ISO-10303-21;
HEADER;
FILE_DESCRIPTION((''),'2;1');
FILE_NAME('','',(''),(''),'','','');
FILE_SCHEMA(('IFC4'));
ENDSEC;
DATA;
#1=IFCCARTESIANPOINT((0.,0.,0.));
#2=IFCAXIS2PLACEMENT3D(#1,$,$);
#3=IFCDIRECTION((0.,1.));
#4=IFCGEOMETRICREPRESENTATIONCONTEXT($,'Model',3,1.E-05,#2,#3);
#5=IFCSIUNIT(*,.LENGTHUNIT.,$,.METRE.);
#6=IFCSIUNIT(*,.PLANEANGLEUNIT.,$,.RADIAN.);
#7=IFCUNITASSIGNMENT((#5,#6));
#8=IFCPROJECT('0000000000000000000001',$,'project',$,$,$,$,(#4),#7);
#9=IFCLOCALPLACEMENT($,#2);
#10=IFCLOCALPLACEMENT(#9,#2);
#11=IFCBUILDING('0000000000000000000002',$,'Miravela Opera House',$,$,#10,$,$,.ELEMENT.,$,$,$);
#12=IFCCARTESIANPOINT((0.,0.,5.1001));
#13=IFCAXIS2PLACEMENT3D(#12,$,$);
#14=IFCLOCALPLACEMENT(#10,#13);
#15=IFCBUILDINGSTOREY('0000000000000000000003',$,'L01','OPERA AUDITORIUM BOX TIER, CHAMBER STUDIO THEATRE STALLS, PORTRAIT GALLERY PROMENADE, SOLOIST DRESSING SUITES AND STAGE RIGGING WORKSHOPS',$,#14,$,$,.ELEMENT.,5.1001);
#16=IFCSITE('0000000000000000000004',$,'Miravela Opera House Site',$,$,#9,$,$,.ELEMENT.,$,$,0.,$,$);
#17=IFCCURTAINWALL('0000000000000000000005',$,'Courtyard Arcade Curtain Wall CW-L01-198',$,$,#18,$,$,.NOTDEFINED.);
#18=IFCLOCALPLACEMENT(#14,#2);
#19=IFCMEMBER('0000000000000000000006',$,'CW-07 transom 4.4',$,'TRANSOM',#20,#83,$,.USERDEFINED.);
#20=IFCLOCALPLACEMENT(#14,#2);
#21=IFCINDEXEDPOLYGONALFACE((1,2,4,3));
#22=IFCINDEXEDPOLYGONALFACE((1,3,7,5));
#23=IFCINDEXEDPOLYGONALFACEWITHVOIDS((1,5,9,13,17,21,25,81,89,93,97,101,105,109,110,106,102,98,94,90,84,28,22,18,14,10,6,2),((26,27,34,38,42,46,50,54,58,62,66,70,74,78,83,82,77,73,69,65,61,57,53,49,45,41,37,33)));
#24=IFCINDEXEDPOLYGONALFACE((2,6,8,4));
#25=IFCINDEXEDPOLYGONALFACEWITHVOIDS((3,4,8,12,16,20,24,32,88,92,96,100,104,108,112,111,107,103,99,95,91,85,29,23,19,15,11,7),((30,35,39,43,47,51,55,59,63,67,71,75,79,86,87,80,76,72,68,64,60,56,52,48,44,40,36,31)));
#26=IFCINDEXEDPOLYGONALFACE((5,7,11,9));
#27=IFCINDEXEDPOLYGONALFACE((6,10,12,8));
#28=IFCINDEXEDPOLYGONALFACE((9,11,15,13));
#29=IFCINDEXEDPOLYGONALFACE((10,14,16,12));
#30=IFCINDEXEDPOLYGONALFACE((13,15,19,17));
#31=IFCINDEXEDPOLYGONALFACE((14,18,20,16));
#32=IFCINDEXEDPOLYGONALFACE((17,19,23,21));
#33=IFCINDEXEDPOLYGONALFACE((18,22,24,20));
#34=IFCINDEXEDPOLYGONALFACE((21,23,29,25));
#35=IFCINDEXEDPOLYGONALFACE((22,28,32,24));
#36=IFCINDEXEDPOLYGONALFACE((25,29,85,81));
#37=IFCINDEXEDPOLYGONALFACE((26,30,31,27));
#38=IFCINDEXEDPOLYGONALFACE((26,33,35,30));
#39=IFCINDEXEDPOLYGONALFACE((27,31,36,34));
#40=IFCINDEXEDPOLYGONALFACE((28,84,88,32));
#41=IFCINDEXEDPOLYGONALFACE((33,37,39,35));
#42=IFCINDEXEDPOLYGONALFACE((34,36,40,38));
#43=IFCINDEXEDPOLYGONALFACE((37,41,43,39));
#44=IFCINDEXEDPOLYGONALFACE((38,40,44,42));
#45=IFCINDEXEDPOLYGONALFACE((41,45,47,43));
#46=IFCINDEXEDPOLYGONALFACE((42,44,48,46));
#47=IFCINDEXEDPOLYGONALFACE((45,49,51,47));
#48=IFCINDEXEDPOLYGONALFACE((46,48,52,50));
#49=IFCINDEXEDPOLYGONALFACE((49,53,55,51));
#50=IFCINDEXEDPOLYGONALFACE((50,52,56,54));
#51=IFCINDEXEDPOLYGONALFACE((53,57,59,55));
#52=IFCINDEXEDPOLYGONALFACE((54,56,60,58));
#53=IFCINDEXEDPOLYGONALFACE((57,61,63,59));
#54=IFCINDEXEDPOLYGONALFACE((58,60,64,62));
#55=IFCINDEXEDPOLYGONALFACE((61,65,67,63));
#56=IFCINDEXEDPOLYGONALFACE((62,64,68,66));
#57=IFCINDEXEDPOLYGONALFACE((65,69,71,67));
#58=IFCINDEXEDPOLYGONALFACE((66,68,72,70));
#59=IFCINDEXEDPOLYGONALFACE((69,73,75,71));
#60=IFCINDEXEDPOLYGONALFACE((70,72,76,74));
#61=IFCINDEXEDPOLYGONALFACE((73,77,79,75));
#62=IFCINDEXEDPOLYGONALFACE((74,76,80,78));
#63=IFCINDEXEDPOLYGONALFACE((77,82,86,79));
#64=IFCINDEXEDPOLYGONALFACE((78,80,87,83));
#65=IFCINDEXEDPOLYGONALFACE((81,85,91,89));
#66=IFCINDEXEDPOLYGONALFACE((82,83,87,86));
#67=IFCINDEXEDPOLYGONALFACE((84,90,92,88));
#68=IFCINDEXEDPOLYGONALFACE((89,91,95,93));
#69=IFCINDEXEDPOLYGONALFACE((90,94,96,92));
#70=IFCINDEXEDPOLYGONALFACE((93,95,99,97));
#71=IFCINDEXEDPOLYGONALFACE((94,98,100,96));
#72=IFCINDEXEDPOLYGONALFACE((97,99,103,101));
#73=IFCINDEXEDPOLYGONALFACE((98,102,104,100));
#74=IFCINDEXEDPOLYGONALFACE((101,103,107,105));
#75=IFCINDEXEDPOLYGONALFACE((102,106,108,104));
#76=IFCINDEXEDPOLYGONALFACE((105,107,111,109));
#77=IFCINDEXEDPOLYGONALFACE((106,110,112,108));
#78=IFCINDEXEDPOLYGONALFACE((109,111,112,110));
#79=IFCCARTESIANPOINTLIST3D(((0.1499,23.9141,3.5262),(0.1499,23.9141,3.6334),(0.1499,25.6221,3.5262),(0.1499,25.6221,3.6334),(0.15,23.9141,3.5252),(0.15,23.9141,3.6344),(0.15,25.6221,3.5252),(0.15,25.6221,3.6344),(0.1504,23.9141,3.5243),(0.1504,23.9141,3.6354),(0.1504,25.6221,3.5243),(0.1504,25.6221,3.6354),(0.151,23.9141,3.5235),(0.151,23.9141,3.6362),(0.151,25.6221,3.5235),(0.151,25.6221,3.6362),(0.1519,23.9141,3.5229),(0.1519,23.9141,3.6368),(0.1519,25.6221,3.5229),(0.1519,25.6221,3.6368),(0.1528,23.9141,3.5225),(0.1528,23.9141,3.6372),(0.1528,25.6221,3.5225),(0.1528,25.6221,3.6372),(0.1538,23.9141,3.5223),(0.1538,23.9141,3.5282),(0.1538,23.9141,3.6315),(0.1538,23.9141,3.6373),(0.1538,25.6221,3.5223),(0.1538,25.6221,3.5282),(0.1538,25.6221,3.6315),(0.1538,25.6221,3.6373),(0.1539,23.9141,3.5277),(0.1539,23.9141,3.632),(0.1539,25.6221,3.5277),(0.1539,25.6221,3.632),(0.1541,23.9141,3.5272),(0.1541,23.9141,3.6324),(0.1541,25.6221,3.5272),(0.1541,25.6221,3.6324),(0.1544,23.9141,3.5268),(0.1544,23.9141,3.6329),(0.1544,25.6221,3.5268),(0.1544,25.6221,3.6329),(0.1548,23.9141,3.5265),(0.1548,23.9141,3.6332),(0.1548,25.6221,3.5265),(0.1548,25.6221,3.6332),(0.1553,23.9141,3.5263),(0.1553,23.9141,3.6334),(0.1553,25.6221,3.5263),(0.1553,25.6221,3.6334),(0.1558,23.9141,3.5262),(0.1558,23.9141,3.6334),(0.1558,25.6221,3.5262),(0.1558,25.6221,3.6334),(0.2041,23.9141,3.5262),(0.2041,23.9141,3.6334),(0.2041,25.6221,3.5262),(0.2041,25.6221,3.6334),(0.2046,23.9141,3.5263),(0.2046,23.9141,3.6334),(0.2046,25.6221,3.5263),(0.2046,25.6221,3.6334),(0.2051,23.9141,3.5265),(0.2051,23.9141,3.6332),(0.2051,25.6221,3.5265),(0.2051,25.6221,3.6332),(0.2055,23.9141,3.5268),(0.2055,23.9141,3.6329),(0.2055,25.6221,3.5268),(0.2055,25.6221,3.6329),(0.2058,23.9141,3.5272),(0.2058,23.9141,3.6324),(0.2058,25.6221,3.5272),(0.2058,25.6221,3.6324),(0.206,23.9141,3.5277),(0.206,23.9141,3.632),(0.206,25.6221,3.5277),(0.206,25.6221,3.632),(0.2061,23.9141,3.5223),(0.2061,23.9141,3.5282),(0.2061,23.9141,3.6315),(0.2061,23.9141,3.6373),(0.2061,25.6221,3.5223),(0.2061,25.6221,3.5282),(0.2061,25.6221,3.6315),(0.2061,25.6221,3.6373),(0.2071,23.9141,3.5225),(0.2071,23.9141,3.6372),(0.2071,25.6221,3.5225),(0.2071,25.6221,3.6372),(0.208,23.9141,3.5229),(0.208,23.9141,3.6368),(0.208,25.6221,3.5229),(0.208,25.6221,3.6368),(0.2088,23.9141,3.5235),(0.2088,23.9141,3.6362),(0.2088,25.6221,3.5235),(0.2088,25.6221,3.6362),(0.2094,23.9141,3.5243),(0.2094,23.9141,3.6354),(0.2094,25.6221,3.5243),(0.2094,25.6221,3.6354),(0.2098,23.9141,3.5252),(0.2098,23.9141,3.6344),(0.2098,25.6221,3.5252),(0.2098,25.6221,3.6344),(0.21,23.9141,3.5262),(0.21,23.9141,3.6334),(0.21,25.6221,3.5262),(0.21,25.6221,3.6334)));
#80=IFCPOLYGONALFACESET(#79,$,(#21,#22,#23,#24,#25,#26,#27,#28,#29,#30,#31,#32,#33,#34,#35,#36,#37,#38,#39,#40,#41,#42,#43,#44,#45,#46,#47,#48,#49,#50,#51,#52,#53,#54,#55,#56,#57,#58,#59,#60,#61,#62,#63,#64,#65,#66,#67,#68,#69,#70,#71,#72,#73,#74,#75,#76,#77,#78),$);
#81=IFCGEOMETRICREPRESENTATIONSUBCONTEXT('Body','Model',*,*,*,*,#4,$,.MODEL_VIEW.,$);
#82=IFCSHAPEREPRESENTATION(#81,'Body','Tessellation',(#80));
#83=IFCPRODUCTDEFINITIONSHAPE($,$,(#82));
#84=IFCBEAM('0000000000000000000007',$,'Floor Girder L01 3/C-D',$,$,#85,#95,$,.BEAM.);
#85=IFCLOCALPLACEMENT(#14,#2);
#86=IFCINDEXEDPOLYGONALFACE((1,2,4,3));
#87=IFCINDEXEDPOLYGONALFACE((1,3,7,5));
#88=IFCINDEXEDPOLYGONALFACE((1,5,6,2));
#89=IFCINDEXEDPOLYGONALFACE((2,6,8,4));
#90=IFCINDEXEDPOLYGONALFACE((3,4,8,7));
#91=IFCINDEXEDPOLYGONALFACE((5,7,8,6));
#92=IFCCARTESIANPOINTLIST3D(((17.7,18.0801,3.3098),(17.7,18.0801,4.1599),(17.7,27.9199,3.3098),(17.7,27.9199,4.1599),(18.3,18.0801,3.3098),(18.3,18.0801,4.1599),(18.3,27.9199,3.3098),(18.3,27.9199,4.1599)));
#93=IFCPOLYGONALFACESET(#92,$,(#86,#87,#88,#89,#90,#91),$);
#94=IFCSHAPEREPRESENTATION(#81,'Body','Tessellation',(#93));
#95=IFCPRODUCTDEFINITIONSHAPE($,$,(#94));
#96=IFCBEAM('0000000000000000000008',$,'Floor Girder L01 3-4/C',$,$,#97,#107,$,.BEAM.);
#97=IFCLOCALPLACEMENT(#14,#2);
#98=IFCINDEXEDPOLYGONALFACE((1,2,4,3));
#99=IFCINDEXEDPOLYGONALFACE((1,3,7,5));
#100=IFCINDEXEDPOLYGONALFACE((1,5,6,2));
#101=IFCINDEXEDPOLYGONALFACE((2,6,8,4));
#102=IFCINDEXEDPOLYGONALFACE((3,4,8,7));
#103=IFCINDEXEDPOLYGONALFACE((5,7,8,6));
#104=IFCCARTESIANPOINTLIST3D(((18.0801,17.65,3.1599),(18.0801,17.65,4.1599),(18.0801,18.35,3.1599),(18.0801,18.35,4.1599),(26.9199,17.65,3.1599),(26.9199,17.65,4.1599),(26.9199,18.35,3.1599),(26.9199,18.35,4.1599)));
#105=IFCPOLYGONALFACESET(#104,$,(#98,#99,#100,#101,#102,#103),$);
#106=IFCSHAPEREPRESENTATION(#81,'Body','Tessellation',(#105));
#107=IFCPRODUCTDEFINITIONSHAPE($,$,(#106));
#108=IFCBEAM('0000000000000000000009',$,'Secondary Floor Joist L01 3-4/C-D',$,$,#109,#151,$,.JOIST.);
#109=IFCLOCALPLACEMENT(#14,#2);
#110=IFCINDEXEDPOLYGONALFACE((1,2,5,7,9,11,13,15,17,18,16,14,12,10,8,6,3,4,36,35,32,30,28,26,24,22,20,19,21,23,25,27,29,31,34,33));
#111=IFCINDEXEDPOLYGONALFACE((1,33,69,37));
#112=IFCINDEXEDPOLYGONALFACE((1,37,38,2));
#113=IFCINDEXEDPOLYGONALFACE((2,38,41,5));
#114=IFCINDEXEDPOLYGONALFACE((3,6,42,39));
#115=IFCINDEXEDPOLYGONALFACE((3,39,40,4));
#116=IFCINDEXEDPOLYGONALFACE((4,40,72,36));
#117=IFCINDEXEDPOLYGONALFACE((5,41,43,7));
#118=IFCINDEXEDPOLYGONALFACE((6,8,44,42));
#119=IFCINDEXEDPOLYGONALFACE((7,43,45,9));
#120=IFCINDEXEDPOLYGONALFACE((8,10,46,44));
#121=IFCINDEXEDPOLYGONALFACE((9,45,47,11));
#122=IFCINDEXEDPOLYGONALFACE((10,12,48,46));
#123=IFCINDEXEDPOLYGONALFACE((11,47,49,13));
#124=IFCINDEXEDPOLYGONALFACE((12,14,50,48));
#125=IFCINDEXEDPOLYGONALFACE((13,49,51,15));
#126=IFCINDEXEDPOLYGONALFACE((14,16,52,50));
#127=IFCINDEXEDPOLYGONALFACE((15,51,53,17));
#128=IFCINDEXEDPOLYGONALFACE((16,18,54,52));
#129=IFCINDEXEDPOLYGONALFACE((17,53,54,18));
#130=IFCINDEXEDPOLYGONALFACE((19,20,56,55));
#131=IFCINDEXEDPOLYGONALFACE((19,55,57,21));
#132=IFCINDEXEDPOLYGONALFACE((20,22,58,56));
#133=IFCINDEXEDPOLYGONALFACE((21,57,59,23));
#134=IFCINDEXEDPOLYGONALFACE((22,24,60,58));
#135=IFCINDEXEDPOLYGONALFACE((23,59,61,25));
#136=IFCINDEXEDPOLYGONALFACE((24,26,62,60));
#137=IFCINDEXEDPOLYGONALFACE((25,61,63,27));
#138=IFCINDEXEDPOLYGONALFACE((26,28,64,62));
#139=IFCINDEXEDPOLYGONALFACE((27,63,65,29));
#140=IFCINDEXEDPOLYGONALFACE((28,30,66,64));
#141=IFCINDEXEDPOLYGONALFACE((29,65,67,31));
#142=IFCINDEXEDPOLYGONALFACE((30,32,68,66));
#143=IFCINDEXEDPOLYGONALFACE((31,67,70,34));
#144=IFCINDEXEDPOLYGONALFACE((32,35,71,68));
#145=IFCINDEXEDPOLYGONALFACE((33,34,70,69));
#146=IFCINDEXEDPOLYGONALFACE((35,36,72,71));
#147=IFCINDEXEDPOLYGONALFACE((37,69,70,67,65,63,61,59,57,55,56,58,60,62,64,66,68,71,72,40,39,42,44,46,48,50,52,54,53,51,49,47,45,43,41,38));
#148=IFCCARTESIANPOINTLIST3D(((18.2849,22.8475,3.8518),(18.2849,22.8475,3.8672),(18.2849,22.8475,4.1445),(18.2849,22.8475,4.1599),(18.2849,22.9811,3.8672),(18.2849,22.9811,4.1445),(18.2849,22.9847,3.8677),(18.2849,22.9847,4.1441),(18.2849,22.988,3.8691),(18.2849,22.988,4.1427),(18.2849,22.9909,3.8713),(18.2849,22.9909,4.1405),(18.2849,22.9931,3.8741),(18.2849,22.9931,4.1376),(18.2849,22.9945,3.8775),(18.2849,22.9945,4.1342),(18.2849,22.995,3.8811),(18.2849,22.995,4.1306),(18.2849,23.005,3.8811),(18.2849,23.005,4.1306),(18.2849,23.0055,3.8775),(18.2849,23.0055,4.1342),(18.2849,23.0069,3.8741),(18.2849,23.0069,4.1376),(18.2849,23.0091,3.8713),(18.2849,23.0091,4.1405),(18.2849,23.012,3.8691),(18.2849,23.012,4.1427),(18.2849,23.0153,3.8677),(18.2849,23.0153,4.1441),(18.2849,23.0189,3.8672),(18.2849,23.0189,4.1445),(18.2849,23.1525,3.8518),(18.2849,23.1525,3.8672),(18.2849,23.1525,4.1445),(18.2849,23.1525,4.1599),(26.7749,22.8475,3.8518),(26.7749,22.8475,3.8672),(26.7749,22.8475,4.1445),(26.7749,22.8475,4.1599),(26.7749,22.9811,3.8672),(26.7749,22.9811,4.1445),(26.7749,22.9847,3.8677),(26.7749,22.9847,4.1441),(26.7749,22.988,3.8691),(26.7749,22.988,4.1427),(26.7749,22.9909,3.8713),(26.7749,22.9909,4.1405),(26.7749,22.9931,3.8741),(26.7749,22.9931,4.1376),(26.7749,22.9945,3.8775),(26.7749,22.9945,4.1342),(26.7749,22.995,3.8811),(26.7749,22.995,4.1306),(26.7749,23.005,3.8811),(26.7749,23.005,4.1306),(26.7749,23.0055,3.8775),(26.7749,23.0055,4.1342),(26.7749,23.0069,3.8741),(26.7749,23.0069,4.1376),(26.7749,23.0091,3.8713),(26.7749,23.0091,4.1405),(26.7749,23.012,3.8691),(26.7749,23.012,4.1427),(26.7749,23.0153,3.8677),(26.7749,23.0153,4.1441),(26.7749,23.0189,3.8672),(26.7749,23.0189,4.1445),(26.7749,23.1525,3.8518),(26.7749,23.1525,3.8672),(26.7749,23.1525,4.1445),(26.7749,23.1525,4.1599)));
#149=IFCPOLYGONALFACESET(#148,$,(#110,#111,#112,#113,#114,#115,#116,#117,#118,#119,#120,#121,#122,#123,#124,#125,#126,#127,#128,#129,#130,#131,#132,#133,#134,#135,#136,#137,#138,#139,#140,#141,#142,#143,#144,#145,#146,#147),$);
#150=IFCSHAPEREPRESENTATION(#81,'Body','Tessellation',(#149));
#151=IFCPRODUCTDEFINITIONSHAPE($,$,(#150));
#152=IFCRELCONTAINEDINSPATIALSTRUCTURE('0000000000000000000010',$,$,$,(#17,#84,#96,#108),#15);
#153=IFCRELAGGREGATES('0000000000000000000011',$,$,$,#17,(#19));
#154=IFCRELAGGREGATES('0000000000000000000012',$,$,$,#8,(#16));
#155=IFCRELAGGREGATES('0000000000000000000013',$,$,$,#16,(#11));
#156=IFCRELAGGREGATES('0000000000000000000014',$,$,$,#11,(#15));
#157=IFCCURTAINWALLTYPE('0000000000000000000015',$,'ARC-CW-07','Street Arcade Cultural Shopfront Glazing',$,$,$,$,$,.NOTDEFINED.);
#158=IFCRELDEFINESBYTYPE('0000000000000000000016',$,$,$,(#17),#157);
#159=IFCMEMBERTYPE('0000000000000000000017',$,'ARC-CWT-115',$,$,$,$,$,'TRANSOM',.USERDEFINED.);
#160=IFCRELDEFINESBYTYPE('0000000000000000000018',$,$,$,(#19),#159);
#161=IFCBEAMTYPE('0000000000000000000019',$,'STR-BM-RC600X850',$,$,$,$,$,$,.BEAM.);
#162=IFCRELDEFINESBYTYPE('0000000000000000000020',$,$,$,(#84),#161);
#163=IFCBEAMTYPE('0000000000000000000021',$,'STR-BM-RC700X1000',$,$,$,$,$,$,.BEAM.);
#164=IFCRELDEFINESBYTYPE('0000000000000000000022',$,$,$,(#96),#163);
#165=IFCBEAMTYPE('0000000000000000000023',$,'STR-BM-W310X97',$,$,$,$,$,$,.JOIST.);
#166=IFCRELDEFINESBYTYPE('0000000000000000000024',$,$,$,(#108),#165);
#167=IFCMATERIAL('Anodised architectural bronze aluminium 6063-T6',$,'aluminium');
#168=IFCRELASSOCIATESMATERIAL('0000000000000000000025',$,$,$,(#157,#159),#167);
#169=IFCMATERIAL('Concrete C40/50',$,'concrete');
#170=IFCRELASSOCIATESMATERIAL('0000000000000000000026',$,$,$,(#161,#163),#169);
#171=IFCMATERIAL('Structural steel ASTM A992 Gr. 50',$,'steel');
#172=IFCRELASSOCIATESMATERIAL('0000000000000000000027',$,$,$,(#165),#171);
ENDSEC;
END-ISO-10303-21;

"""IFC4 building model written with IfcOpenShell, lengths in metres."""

from ifc_helpers import new_model, si_unit, direction, frame, origin, origin_2d, place, context, subcontext, project, spatial, rectangle, hollow_rectangle, i_section, extrude, material, material_profile, profile_set, type_object, element, aggregate, save


model = new_model("IFC4")

# Units and contexts
model_context = context("Model", 3, precision=1e-05, world=origin(), true_north=direction((0.0, 1.0)))
body_context = subcontext(model_context, "Body", "Model", "MODEL_VIEW")
ifc_project = project(units=[si_unit("LENGTHUNIT", "METRE"), si_unit("PLANEANGLEUNIT", "RADIAN")], contexts=[model_context])

# Site, building, storey
site_placement = place(None, origin())
site = spatial("IfcSite", under=ifc_project, at=site_placement, Name="Miravela Opera House Site", CompositionType="ELEMENT", RefElevation=0.0)
building_placement = place(site_placement, origin())
building = spatial("IfcBuilding", under=site, at=building_placement, Name="Miravela Opera House", CompositionType="ELEMENT")
storey_placement = place(building_placement, frame((0.0, 0.0, 5.1001)))
storey = spatial("IfcBuildingStorey", under=building, at=storey_placement, Name="L01", Description="OPERA AUDITORIUM BOX TIER, CHAMBER STUDIO THEATRE STALLS, PORTRAIT GALLERY PROMENADE, SOLOIST DRESSING SUITES AND STAGE RIGGING WORKSHOPS", CompositionType="ELEMENT", Elevation=5.1001)

# Shared definitions
ifc_material_1 = material(Name="Concrete C40/50", Category="concrete")

# Shared definitions
ifc_material_2 = material(Name="Anodised architectural bronze aluminium 6063-T6", Category="aluminium")

# Curtain wall, member
curtain_wall_type_1 = type_object("IfcCurtainWallType", Name="ARC-CW-07", Description="Street Arcade Cultural Shopfront Glazing", PredefinedType="NOTDEFINED", material=ifc_material_2)
curtain_wall_1_placement = place(storey_placement, origin())
curtain_wall_1 = element("IfcCurtainWall", 1, at=curtain_wall_1_placement, inside=storey, type_object=curtain_wall_type_1, Name="Courtyard Arcade Curtain Wall CW-L01-198", PredefinedType="NOTDEFINED")
ifc_material_profile_1 = material_profile(ifc_material_2, hollow_rectangle(XDim=0.0601, YDim=0.115, WallThickness=0.0039, InnerFilletRadius=0.002, OuterFilletRadius=0.0039, at=origin_2d()), Name="CWT-60X115")
ifc_profile_set_1 = profile_set([ifc_material_profile_1])
member_type_1 = type_object("IfcMemberType", Name="ARC-CWT-115", ElementType="TRANSOM", PredefinedType="USERDEFINED", material=ifc_profile_set_1)
member_1_placement = place(storey_placement, frame((0.1799, 23.9141, 3.5798), z_axis=(0.0, 1.0, 0.0), x_axis=(-1.0, 0.0, 0.0)))
member_1 = element("IfcMember", 2, at=member_1_placement, type_object=member_type_1, Name="CW-07 transom 4.4", ObjectType="TRANSOM", PredefinedType="USERDEFINED", context=body_context, shape_type="SweptSolid", body=[
    extrude(hollow_rectangle(XDim=0.0601, YDim=0.115, WallThickness=0.0039, InnerFilletRadius=0.002, OuterFilletRadius=0.0039, at=origin_2d()), origin(), (0.0, 0.0, 1.0), 1.708),
])

# Beams
ifc_material_profile_2 = material_profile(ifc_material_1, rectangle(XDim=0.6001, YDim=0.8501, at=origin_2d()), Name="RC-BM-600X850")
ifc_profile_set_2 = profile_set([ifc_material_profile_2])
beam_type_1 = type_object("IfcBeamType", Name="STR-BM-RC600X850", PredefinedType="BEAM", material=ifc_profile_set_2)
beam_1_placement = place(storey_placement, frame((18.0, 18.0801, 3.7349), z_axis=(0.0, 1.0, 0.0), x_axis=(-1.0, 0.0, 0.0)))
element("IfcBeam", 3, at=beam_1_placement, inside=storey, type_object=beam_type_1, Name="Floor Girder L01 3/C-D", PredefinedType="BEAM", context=body_context, shape_type="SweptSolid", body=[
    extrude(rectangle(XDim=0.6001, YDim=0.8501, at=origin_2d()), origin(), (0.0, 0.0, 1.0), 9.8398),
])
ifc_material_profile_3 = material_profile(ifc_material_1, rectangle(XDim=0.7, YDim=1.0, at=origin_2d()), Name="RC-BM-700X1000")
ifc_profile_set_3 = profile_set([ifc_material_profile_3])
beam_type_2 = type_object("IfcBeamType", Name="STR-BM-RC700X1000", PredefinedType="BEAM", material=ifc_profile_set_3)
beam_2_placement = place(storey_placement, frame((18.0801, 18.0, 3.6599), z_axis=(1.0, 0.0, 0.0), x_axis=(0.0, 1.0, 0.0)))
element("IfcBeam", 4, at=beam_2_placement, inside=storey, type_object=beam_type_2, Name="Floor Girder L01 3-4/C", PredefinedType="BEAM", context=body_context, shape_type="SweptSolid", body=[
    extrude(rectangle(XDim=0.7, YDim=1.0, at=origin_2d()), origin(), (0.0, 0.0, 1.0), 8.8398),
])
ifc_material_3 = material(Name="Structural steel ASTM A992 Gr. 50", Category="steel")
ifc_material_profile_4 = material_profile(ifc_material_3, i_section(OverallWidth=0.3049, OverallDepth=0.3081, WebThickness=0.01, FlangeThickness=0.0154, FilletRadius=0.0139, at=origin_2d()), Name="W310X97")
ifc_profile_set_4 = profile_set([ifc_material_profile_4])
beam_type_3 = type_object("IfcBeamType", Name="STR-BM-W310X97", PredefinedType="JOIST", material=ifc_profile_set_4)
beam_3_placement = place(storey_placement, frame((18.2849, 23.0, 4.0059), z_axis=(1.0, 0.0, 0.0), x_axis=(0.0, 1.0, 0.0)))
element("IfcBeam", 5, at=beam_3_placement, inside=storey, type_object=beam_type_3, Name="Secondary Floor Joist L01 3-4/C-D", PredefinedType="JOIST", context=body_context, shape_type="SweptSolid", body=[
    extrude(i_section(OverallWidth=0.3049, OverallDepth=0.3081, WebThickness=0.01, FlangeThickness=0.0154, FilletRadius=0.0139, at=origin_2d()), origin(), (0.0, 0.0, 1.0), 8.49),
])

aggregate(curtain_wall_1, [member_1])

save(model, "model.ifc")
